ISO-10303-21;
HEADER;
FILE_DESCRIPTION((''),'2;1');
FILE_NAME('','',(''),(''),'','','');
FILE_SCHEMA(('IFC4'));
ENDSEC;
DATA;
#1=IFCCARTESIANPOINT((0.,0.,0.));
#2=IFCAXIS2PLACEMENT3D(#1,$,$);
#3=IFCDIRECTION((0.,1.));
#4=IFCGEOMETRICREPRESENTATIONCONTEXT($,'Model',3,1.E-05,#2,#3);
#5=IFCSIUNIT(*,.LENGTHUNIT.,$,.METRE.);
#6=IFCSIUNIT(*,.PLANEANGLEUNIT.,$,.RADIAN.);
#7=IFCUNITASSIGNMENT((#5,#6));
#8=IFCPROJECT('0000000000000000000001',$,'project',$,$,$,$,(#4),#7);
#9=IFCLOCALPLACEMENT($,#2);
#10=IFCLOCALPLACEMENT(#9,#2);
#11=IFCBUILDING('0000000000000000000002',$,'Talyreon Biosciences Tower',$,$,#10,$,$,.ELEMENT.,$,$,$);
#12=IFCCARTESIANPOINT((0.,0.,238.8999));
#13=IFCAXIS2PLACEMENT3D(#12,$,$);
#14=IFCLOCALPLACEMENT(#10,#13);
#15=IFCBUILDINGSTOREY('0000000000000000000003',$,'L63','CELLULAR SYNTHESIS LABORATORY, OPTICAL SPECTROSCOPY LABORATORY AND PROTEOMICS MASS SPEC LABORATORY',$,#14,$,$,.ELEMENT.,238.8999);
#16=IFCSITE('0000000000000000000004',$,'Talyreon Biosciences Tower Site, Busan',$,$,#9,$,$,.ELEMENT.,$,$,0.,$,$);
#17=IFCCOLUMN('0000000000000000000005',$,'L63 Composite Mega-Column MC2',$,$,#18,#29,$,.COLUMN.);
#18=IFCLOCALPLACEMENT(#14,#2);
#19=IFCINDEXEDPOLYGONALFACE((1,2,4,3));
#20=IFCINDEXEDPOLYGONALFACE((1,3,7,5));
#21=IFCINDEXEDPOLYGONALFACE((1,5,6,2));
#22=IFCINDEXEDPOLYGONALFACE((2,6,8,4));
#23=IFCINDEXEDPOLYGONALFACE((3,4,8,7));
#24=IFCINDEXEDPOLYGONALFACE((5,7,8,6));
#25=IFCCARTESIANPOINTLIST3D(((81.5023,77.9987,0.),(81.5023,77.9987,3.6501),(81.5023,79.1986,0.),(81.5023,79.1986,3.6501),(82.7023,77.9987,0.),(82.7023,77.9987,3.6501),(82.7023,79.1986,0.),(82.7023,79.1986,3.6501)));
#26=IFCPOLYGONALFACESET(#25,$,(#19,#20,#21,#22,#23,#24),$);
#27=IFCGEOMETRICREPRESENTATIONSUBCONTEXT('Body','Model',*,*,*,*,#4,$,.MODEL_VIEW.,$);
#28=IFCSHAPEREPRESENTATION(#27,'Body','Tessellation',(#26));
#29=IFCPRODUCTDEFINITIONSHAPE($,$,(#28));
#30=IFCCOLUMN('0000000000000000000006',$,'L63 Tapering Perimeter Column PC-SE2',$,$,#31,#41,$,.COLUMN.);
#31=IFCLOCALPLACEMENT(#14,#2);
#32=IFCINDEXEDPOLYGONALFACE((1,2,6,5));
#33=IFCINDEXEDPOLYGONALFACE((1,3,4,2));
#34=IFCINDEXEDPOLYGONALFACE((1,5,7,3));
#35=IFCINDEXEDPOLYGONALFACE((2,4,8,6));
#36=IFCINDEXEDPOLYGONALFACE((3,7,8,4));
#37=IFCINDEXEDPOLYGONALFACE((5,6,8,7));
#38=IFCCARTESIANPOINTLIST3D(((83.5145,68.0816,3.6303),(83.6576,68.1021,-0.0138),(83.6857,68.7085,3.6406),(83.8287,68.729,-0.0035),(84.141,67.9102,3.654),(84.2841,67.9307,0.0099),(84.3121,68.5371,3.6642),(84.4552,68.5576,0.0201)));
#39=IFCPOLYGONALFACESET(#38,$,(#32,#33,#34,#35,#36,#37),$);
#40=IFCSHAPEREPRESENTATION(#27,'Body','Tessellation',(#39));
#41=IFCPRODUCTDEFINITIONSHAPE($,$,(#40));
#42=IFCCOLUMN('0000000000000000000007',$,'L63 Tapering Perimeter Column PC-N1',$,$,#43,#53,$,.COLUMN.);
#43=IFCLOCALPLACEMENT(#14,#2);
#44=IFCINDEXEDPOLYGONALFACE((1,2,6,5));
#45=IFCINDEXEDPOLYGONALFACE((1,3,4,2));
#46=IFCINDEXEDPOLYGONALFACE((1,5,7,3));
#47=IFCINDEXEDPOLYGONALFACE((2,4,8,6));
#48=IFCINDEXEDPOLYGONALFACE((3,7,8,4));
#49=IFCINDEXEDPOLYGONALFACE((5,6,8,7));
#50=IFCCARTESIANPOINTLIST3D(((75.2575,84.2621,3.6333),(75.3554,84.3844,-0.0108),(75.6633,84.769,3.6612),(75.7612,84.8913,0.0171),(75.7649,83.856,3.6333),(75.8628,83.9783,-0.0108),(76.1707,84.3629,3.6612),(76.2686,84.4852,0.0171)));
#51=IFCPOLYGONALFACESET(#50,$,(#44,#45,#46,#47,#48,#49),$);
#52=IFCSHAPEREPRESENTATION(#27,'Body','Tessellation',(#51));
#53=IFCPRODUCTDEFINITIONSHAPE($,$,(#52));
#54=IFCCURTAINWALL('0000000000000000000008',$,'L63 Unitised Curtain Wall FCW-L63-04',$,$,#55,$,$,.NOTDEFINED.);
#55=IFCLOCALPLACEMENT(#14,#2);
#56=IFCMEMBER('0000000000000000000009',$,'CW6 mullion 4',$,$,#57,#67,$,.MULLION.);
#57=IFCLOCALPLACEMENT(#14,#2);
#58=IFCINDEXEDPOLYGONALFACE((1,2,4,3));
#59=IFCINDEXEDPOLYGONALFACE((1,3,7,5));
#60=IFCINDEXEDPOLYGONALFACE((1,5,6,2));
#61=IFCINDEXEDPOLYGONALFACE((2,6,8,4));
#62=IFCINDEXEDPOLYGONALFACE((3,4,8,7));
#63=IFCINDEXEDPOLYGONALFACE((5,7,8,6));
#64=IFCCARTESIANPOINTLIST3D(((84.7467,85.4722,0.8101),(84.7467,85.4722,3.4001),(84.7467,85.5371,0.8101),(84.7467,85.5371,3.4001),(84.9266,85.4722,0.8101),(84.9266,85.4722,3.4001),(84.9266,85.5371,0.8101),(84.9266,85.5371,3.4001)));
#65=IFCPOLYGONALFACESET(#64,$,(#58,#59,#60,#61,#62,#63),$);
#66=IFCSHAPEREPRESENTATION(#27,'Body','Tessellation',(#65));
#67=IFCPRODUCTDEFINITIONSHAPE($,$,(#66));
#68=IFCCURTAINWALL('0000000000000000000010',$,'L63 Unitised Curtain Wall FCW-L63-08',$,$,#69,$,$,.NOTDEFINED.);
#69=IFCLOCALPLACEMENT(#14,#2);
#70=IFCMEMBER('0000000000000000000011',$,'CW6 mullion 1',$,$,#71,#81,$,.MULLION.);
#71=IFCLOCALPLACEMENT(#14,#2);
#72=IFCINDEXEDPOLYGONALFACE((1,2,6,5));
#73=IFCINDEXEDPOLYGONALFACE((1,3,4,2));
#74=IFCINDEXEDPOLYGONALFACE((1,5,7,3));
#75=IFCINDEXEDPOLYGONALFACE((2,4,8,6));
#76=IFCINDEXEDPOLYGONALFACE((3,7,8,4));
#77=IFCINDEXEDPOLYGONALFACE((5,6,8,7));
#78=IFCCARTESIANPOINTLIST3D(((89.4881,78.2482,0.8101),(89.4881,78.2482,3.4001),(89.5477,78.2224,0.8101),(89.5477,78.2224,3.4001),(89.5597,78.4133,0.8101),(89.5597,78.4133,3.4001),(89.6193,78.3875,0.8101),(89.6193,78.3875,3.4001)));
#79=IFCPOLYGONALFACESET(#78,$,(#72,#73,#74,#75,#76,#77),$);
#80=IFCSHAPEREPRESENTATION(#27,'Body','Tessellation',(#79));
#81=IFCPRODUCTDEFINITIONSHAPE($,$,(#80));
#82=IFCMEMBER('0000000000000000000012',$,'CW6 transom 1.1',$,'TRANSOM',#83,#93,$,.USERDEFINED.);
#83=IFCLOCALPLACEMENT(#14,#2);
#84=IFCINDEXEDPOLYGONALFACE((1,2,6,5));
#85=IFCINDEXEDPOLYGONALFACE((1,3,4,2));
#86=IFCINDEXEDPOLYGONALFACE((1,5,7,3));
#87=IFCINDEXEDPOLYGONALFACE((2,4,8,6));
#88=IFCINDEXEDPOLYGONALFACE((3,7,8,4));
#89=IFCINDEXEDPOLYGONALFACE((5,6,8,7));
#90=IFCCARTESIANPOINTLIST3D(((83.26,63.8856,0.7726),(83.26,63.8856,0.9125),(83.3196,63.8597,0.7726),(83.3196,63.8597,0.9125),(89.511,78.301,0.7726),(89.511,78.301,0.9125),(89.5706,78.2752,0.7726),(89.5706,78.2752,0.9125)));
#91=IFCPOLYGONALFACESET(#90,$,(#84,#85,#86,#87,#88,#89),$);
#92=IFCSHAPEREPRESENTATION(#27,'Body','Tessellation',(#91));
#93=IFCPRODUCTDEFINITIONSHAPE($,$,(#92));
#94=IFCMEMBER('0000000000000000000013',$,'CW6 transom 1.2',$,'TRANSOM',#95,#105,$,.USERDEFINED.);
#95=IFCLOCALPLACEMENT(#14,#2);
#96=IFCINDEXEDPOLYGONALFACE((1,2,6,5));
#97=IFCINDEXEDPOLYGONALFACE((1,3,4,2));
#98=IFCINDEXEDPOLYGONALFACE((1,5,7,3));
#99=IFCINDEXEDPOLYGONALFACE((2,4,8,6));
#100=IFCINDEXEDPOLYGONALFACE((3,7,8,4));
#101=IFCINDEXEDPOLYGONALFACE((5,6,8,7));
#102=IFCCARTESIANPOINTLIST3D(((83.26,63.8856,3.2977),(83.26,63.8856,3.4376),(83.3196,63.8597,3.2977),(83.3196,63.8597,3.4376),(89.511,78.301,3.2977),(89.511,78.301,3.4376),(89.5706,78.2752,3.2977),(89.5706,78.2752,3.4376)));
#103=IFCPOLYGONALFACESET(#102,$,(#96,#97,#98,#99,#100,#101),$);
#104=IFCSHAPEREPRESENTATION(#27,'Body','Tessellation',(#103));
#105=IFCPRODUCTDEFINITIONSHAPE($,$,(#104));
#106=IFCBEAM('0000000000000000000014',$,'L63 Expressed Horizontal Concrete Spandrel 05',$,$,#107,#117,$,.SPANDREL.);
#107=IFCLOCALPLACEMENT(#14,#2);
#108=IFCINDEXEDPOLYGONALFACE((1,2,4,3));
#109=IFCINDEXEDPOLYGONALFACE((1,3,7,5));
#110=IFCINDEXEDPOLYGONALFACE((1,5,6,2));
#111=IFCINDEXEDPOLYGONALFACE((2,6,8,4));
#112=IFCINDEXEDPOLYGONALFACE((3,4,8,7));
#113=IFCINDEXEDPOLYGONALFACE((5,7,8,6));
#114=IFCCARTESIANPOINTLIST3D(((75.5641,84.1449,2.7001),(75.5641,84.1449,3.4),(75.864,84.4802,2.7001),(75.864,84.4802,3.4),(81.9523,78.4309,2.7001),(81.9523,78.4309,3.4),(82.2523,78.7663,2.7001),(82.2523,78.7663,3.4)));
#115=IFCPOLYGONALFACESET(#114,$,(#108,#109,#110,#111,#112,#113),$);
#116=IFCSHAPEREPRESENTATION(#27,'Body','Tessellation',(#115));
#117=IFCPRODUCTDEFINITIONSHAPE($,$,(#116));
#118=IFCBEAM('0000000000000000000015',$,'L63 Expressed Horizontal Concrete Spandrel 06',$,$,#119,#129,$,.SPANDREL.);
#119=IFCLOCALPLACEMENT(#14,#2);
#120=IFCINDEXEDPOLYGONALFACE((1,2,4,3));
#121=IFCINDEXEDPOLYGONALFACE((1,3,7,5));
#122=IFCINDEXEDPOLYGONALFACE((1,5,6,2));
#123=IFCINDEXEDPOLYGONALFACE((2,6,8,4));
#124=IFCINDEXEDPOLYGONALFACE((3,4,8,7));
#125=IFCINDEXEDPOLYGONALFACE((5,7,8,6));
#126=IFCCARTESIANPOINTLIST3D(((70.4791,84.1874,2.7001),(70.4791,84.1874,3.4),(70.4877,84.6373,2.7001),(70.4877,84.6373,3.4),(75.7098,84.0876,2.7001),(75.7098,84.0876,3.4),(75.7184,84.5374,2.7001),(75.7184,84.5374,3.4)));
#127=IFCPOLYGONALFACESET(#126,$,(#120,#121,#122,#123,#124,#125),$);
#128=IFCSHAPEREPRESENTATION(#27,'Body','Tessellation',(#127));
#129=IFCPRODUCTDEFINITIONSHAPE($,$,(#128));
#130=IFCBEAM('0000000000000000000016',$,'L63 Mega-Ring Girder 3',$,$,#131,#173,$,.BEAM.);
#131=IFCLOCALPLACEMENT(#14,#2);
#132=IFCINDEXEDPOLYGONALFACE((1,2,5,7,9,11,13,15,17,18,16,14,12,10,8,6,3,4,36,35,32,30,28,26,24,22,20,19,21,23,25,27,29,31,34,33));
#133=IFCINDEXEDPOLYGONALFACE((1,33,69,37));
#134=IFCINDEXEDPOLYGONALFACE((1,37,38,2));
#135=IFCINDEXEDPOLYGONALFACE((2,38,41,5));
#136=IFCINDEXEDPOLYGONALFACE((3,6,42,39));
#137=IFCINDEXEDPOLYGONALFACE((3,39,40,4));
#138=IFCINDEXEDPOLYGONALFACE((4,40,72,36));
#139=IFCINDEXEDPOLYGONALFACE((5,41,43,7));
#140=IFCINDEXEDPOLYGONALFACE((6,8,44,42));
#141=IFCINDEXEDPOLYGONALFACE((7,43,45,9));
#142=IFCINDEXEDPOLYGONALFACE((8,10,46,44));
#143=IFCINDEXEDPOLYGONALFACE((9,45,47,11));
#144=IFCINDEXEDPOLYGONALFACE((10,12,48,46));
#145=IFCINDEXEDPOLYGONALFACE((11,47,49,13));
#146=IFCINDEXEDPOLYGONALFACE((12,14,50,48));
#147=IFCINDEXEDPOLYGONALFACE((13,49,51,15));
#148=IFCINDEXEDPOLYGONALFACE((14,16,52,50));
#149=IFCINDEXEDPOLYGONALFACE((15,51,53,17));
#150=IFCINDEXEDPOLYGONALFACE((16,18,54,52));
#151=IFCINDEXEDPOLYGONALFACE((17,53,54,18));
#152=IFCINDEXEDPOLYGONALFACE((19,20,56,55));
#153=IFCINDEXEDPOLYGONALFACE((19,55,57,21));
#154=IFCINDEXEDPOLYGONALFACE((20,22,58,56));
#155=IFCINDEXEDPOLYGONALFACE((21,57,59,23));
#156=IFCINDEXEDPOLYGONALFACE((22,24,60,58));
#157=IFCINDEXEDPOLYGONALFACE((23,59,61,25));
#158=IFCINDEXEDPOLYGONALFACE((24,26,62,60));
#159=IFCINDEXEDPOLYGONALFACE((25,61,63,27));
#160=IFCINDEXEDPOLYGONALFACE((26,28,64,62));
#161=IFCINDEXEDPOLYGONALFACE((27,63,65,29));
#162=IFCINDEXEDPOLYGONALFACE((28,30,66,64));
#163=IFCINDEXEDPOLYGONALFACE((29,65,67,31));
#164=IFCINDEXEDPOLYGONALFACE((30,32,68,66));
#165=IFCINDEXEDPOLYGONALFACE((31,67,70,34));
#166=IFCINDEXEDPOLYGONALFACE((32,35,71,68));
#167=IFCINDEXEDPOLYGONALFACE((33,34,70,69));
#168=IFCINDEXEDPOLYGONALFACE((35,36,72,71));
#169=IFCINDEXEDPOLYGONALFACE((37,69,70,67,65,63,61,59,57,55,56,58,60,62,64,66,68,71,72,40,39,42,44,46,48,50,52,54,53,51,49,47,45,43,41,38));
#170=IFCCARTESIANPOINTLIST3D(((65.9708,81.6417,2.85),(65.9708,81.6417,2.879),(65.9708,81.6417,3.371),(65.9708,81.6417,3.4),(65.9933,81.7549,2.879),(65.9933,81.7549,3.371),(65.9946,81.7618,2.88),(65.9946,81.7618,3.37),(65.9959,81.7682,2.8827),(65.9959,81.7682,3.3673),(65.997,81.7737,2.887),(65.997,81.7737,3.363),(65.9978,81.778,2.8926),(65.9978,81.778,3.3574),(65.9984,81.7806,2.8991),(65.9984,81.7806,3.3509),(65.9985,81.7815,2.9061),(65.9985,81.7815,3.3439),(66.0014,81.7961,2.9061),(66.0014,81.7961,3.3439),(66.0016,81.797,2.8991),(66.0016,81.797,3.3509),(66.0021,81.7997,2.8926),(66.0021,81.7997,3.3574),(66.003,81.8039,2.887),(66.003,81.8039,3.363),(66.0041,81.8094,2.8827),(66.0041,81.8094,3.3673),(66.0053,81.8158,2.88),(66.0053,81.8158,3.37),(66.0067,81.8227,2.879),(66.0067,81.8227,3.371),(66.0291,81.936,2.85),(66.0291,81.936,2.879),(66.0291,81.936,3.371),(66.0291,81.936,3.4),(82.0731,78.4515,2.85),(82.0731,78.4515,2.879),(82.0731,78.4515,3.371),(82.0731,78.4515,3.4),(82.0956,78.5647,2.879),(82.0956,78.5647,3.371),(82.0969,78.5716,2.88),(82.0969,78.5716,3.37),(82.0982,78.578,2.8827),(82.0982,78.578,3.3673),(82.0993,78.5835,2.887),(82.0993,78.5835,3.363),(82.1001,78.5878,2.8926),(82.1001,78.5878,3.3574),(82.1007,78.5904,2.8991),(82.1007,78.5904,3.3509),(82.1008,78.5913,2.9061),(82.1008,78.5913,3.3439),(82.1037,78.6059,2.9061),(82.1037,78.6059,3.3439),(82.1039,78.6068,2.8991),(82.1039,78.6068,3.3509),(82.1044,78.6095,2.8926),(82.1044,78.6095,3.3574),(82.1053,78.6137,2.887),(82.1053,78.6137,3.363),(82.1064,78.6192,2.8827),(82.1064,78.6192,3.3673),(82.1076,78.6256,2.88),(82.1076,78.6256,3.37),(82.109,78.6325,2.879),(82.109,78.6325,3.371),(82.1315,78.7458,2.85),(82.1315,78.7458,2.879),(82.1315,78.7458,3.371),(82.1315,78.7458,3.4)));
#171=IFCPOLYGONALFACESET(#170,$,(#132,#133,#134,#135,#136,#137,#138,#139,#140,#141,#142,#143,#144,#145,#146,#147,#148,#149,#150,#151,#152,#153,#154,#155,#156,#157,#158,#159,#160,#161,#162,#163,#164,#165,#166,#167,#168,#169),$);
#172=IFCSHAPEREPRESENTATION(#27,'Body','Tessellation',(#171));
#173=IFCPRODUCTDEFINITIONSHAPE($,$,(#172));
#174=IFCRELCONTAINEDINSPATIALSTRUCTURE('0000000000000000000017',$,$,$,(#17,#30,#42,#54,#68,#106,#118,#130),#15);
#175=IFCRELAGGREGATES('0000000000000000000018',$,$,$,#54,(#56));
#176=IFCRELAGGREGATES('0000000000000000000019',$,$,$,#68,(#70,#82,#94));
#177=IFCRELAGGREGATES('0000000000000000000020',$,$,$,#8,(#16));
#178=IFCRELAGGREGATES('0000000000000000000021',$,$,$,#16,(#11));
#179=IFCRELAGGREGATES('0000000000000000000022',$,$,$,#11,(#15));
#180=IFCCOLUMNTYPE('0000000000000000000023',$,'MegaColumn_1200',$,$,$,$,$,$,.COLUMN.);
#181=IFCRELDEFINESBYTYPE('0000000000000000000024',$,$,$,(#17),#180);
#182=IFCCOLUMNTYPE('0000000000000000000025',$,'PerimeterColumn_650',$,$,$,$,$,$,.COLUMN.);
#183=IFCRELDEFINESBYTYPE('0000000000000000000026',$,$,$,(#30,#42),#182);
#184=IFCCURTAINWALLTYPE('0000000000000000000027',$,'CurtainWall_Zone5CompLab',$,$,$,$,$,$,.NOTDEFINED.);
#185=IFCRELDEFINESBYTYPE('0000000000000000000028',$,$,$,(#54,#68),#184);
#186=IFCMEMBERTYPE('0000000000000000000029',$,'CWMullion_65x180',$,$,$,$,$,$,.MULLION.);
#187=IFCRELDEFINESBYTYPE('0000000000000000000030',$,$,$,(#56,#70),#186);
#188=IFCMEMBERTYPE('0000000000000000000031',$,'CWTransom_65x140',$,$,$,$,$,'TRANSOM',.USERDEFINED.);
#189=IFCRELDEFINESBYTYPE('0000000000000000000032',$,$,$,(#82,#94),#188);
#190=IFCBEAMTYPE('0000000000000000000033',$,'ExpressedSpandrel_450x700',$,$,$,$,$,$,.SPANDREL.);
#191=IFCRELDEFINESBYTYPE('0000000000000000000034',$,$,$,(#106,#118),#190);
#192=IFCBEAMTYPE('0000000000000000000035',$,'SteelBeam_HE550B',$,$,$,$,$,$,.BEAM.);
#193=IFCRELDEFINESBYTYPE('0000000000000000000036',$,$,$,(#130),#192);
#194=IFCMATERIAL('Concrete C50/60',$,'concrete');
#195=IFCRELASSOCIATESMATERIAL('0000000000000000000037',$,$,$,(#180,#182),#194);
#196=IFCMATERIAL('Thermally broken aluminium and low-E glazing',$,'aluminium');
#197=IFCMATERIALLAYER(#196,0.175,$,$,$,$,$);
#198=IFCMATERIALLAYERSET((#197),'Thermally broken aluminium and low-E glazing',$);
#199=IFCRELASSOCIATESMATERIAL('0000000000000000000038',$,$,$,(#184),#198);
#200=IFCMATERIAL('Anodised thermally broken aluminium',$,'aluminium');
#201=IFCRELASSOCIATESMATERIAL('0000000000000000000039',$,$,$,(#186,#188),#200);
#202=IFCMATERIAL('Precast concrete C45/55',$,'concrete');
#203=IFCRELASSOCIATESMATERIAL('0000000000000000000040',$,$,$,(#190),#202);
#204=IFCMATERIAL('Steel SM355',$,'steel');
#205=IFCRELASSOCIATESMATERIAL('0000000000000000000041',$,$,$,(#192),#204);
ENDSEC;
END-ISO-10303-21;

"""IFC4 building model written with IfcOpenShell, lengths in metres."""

from ifc_helpers import new_model, si_unit, direction, frame, origin, origin_2d, place, context, subcontext, project, spatial, rectangle, i_section, extrude, material, layer, layer_set, material_profile, profile_set, type_object, element, aggregate, save


model = new_model("IFC4")

# Units and contexts
model_context = context("Model", 3, precision=1e-05, world=origin(), true_north=direction((0.0, 1.0)))
body_context = subcontext(model_context, "Body", "Model", "MODEL_VIEW")
ifc_project = project(units=[si_unit("LENGTHUNIT", "METRE"), si_unit("PLANEANGLEUNIT", "RADIAN")], contexts=[model_context])

# Site, building, storey
site_placement = place(None, origin())
site = spatial("IfcSite", under=ifc_project, at=site_placement, Name="Talyreon Biosciences Tower Site, Busan", CompositionType="ELEMENT", RefElevation=0.0)
building_placement = place(site_placement, origin())
building = spatial("IfcBuilding", under=site, at=building_placement, Name="Talyreon Biosciences Tower", CompositionType="ELEMENT")
storey_placement = place(building_placement, frame((0.0, 0.0, 238.8999)))
storey = spatial("IfcBuildingStorey", under=building, at=storey_placement, Name="L63", Description="CELLULAR SYNTHESIS LABORATORY, OPTICAL SPECTROSCOPY LABORATORY AND PROTEOMICS MASS SPEC LABORATORY", CompositionType="ELEMENT", Elevation=238.8999)

# Columns
ifc_material_1 = material(Name="Concrete C50/60", Category="concrete")
ifc_material_profile_1 = material_profile(ifc_material_1, rectangle(XDim=1.2, YDim=1.2, at=origin_2d()), Name="RC 1200x1200")
ifc_profile_set_1 = profile_set([ifc_material_profile_1], Name="Concrete C50/60")
column_type_1 = type_object("IfcColumnType", Name="MegaColumn_1200", PredefinedType="COLUMN", material=ifc_profile_set_1)
column_1_placement = place(storey_placement, frame((82.1023, 78.5986, 0.0), z_axis=(0.0, 0.0, 1.0), x_axis=(1.0, 0.0, 0.0)))
element("IfcColumn", 1, at=column_1_placement, inside=storey, type_object=column_type_1, Name="L63 Composite Mega-Column MC2", PredefinedType="COLUMN", context=body_context, shape_type="SweptSolid", body=[
    extrude(rectangle(XDim=1.2, YDim=1.2, at=origin_2d()), origin(), (0.0, 0.0, 1.0), 3.6501),
])
ifc_material_profile_2 = material_profile(ifc_material_1, rectangle(XDim=0.6499, YDim=0.6499, at=origin_2d()), Name="RC 650x650")
ifc_profile_set_2 = profile_set([ifc_material_profile_2], Name="Concrete C50/60")
column_type_2 = type_object("IfcColumnType", Name="PerimeterColumn_650", PredefinedType="COLUMN", material=ifc_profile_set_2)
column_2_placement = place(storey_placement, frame((84.0564, 68.3298, 0.0032), z_axis=(-0.03923, -0.005623, 0.999214), x_axis=(0.963911, -0.263732, 0.036359)))
element("IfcColumn", 2, at=column_2_placement, inside=storey, type_object=column_type_2, Name="L63 Tapering Perimeter Column PC-SE2", PredefinedType="COLUMN", context=body_context, shape_type="SweptSolid", body=[
    extrude(rectangle(XDim=0.6499, YDim=0.6499, at=origin_2d()), origin(), (0.0, 0.0, 1.0), 3.647),
])
column_3_placement = place(storey_placement, frame((75.812, 84.4348, 0.0032), z_axis=(-0.026841, -0.033535, 0.999077), x_axis=(-0.780717, 0.624885, 0.0)))
element("IfcColumn", 3, at=column_3_placement, inside=storey, type_object=column_type_2, Name="L63 Tapering Perimeter Column PC-N1", PredefinedType="COLUMN", context=body_context, shape_type="SweptSolid", body=[
    extrude(rectangle(XDim=0.6499, YDim=0.6499, at=origin_2d()), origin(), (0.0, 0.0, 1.0), 3.6475),
])

# Curtain wall, member
ifc_material_2 = material(Name="Thermally broken aluminium and low-E glazing", Category="aluminium")
ifc_layer_1 = layer(ifc_material_2, 0.175)
ifc_layer_set_1 = layer_set([ifc_layer_1], Name="Thermally broken aluminium and low-E glazing")
curtain_wall_type = type_object("IfcCurtainWallType", Name="CurtainWall_Zone5CompLab", PredefinedType="NOTDEFINED", material=ifc_layer_set_1)
curtain_wall_1_placement = place(storey_placement, origin())
curtain_wall_1 = element("IfcCurtainWall", 4, at=curtain_wall_1_placement, inside=storey, type_object=curtain_wall_type, Name="L63 Unitised Curtain Wall FCW-L63-04", PredefinedType="NOTDEFINED")
ifc_material_3 = material(Name="Anodised thermally broken aluminium", Category="aluminium")
ifc_material_profile_3 = material_profile(ifc_material_3, rectangle(XDim=0.0649, YDim=0.1799, at=origin_2d()), Name="ALUM MULLION 65x180")
ifc_profile_set_3 = profile_set([ifc_material_profile_3], Name="Anodised thermally broken aluminium")
member_type_1 = type_object("IfcMemberType", Name="CWMullion_65x180", PredefinedType="MULLION", material=ifc_profile_set_3)
member_1_placement = place(storey_placement, frame((84.8367, 85.5046, 0.8101), z_axis=(0.0, 0.0, 1.0), x_axis=(0.0, 1.0, 0.0)))
member_1 = element("IfcMember", 5, at=member_1_placement, type_object=member_type_1, Name="CW6 mullion 4", PredefinedType="MULLION", context=body_context, shape_type="SweptSolid", body=[
    extrude(rectangle(XDim=0.0649, YDim=0.1799, at=origin_2d()), origin(), (0.0, 0.0, 1.0), 2.5901),
])

# Curtain wall, members
curtain_wall_2_placement = place(storey_placement, origin())
curtain_wall_2 = element("IfcCurtainWall", 6, at=curtain_wall_2_placement, inside=storey, type_object=curtain_wall_type, Name="L63 Unitised Curtain Wall FCW-L63-08", PredefinedType="NOTDEFINED")
member_2_placement = place(storey_placement, frame((89.5537, 78.3179, 0.8101), z_axis=(0.0, 0.0, 1.0), x_axis=(0.917458, -0.397832, 0.0)))
member_2 = element("IfcMember", 7, at=member_2_placement, type_object=member_type_1, Name="CW6 mullion 1", PredefinedType="MULLION", context=body_context, shape_type="SweptSolid", body=[
    extrude(rectangle(XDim=0.0649, YDim=0.1799, at=origin_2d()), origin(), (0.0, 0.0, 1.0), 2.5901),
])
ifc_material_profile_4 = material_profile(ifc_material_3, rectangle(XDim=0.0649, YDim=0.1399, at=origin_2d()), Name="ALUM TRANSOM 65x140")
ifc_profile_set_4 = profile_set([ifc_material_profile_4], Name="Anodised thermally broken aluminium")
member_type_2 = type_object("IfcMemberType", Name="CWTransom_65x140", ElementType="TRANSOM", PredefinedType="USERDEFINED", material=ifc_profile_set_4)
member_3_placement = place(storey_placement, frame((89.5408, 78.2881, 0.8425), z_axis=(-0.397835, -0.917457, 0.0), x_axis=(0.917457, -0.397835, 0.0)))
member_3 = element("IfcMember", 8, at=member_3_placement, type_object=member_type_2, Name="CW6 transom 1.1", ObjectType="TRANSOM", PredefinedType="USERDEFINED", context=body_context, shape_type="SweptSolid", body=[
    extrude(rectangle(XDim=0.0649, YDim=0.1399, at=origin_2d()), origin(), (0.0, 0.0, 1.0), 15.7124),
])
member_4_placement = place(storey_placement, frame((89.5408, 78.2881, 3.3677), z_axis=(-0.397835, -0.917457, 0.0), x_axis=(0.917457, -0.397835, 0.0)))
member_4 = element("IfcMember", 9, at=member_4_placement, type_object=member_type_2, Name="CW6 transom 1.2", ObjectType="TRANSOM", PredefinedType="USERDEFINED", context=body_context, shape_type="SweptSolid", body=[
    extrude(rectangle(XDim=0.0649, YDim=0.1399, at=origin_2d()), origin(), (0.0, 0.0, 1.0), 15.7124),
])

# Beams
ifc_material_4 = material(Name="Precast concrete C45/55", Category="concrete")
ifc_material_profile_5 = material_profile(ifc_material_4, rectangle(XDim=0.45, YDim=0.7, at=origin_2d()), Name="RCB 450x700")
ifc_profile_set_5 = profile_set([ifc_material_profile_5], Name="Precast concrete C45/55")
beam_type_1 = type_object("IfcBeamType", Name="ExpressedSpandrel_450x700", PredefinedType="SPANDREL", material=ifc_profile_set_5)
beam_1_placement = place(storey_placement, frame((82.1023, 78.5986, 3.05), z_axis=(-0.74535, 0.666673, 0.0), x_axis=(-0.666673, -0.74535, 0.0)))
element("IfcBeam", 10, at=beam_1_placement, inside=storey, type_object=beam_type_1, Name="L63 Expressed Horizontal Concrete Spandrel 05", PredefinedType="SPANDREL", context=body_context, shape_type="SweptSolid", body=[
    extrude(rectangle(XDim=0.45, YDim=0.7, at=origin_2d()), origin(), (0.0, 0.0, 1.0), 8.5708),
])
beam_2_placement = place(storey_placement, frame((75.7141, 84.3125, 3.05), z_axis=(-0.999818, 0.019086, 0.0), x_axis=(-0.019086, -0.999818, 0.0)))
element("IfcBeam", 11, at=beam_2_placement, inside=storey, type_object=beam_type_1, Name="L63 Expressed Horizontal Concrete Spandrel 06", PredefinedType="SPANDREL", context=body_context, shape_type="SweptSolid", body=[
    extrude(rectangle(XDim=0.45, YDim=0.7, at=origin_2d()), origin(), (0.0, 0.0, 1.0), 5.2317),
])
ifc_material_5 = material(Name="Steel SM355", Category="steel")
ifc_material_profile_6 = material_profile(ifc_material_5, i_section(OverallWidth=0.3, OverallDepth=0.55, WebThickness=0.0149, FlangeThickness=0.0291, FilletRadius=0.0271, at=origin_2d()), Name="HE550B")
ifc_profile_set_6 = profile_set([ifc_material_profile_6], Name="Steel SM355")
beam_type_2 = type_object("IfcBeamType", Name="SteelBeam_HE550B", PredefinedType="BEAM", material=ifc_profile_set_6)
beam_3_placement = place(storey_placement, frame((82.1023, 78.5986, 3.125), z_axis=(-0.980934, 0.194343, 0.0), x_axis=(-0.194343, -0.980934, 0.0)))
element("IfcBeam", 12, at=beam_3_placement, inside=storey, type_object=beam_type_2, Name="L63 Mega-Ring Girder 3", PredefinedType="BEAM", context=body_context, shape_type="SweptSolid", body=[
    extrude(i_section(OverallWidth=0.3, OverallDepth=0.55, WebThickness=0.0149, FlangeThickness=0.0291, FilletRadius=0.0271, at=origin_2d()), origin(), (0.0, 0.0, 1.0), 16.4153),
])

aggregate(curtain_wall_1, [member_1])
aggregate(curtain_wall_2, [member_2, member_3, member_4])

save(model, "model.ifc")
